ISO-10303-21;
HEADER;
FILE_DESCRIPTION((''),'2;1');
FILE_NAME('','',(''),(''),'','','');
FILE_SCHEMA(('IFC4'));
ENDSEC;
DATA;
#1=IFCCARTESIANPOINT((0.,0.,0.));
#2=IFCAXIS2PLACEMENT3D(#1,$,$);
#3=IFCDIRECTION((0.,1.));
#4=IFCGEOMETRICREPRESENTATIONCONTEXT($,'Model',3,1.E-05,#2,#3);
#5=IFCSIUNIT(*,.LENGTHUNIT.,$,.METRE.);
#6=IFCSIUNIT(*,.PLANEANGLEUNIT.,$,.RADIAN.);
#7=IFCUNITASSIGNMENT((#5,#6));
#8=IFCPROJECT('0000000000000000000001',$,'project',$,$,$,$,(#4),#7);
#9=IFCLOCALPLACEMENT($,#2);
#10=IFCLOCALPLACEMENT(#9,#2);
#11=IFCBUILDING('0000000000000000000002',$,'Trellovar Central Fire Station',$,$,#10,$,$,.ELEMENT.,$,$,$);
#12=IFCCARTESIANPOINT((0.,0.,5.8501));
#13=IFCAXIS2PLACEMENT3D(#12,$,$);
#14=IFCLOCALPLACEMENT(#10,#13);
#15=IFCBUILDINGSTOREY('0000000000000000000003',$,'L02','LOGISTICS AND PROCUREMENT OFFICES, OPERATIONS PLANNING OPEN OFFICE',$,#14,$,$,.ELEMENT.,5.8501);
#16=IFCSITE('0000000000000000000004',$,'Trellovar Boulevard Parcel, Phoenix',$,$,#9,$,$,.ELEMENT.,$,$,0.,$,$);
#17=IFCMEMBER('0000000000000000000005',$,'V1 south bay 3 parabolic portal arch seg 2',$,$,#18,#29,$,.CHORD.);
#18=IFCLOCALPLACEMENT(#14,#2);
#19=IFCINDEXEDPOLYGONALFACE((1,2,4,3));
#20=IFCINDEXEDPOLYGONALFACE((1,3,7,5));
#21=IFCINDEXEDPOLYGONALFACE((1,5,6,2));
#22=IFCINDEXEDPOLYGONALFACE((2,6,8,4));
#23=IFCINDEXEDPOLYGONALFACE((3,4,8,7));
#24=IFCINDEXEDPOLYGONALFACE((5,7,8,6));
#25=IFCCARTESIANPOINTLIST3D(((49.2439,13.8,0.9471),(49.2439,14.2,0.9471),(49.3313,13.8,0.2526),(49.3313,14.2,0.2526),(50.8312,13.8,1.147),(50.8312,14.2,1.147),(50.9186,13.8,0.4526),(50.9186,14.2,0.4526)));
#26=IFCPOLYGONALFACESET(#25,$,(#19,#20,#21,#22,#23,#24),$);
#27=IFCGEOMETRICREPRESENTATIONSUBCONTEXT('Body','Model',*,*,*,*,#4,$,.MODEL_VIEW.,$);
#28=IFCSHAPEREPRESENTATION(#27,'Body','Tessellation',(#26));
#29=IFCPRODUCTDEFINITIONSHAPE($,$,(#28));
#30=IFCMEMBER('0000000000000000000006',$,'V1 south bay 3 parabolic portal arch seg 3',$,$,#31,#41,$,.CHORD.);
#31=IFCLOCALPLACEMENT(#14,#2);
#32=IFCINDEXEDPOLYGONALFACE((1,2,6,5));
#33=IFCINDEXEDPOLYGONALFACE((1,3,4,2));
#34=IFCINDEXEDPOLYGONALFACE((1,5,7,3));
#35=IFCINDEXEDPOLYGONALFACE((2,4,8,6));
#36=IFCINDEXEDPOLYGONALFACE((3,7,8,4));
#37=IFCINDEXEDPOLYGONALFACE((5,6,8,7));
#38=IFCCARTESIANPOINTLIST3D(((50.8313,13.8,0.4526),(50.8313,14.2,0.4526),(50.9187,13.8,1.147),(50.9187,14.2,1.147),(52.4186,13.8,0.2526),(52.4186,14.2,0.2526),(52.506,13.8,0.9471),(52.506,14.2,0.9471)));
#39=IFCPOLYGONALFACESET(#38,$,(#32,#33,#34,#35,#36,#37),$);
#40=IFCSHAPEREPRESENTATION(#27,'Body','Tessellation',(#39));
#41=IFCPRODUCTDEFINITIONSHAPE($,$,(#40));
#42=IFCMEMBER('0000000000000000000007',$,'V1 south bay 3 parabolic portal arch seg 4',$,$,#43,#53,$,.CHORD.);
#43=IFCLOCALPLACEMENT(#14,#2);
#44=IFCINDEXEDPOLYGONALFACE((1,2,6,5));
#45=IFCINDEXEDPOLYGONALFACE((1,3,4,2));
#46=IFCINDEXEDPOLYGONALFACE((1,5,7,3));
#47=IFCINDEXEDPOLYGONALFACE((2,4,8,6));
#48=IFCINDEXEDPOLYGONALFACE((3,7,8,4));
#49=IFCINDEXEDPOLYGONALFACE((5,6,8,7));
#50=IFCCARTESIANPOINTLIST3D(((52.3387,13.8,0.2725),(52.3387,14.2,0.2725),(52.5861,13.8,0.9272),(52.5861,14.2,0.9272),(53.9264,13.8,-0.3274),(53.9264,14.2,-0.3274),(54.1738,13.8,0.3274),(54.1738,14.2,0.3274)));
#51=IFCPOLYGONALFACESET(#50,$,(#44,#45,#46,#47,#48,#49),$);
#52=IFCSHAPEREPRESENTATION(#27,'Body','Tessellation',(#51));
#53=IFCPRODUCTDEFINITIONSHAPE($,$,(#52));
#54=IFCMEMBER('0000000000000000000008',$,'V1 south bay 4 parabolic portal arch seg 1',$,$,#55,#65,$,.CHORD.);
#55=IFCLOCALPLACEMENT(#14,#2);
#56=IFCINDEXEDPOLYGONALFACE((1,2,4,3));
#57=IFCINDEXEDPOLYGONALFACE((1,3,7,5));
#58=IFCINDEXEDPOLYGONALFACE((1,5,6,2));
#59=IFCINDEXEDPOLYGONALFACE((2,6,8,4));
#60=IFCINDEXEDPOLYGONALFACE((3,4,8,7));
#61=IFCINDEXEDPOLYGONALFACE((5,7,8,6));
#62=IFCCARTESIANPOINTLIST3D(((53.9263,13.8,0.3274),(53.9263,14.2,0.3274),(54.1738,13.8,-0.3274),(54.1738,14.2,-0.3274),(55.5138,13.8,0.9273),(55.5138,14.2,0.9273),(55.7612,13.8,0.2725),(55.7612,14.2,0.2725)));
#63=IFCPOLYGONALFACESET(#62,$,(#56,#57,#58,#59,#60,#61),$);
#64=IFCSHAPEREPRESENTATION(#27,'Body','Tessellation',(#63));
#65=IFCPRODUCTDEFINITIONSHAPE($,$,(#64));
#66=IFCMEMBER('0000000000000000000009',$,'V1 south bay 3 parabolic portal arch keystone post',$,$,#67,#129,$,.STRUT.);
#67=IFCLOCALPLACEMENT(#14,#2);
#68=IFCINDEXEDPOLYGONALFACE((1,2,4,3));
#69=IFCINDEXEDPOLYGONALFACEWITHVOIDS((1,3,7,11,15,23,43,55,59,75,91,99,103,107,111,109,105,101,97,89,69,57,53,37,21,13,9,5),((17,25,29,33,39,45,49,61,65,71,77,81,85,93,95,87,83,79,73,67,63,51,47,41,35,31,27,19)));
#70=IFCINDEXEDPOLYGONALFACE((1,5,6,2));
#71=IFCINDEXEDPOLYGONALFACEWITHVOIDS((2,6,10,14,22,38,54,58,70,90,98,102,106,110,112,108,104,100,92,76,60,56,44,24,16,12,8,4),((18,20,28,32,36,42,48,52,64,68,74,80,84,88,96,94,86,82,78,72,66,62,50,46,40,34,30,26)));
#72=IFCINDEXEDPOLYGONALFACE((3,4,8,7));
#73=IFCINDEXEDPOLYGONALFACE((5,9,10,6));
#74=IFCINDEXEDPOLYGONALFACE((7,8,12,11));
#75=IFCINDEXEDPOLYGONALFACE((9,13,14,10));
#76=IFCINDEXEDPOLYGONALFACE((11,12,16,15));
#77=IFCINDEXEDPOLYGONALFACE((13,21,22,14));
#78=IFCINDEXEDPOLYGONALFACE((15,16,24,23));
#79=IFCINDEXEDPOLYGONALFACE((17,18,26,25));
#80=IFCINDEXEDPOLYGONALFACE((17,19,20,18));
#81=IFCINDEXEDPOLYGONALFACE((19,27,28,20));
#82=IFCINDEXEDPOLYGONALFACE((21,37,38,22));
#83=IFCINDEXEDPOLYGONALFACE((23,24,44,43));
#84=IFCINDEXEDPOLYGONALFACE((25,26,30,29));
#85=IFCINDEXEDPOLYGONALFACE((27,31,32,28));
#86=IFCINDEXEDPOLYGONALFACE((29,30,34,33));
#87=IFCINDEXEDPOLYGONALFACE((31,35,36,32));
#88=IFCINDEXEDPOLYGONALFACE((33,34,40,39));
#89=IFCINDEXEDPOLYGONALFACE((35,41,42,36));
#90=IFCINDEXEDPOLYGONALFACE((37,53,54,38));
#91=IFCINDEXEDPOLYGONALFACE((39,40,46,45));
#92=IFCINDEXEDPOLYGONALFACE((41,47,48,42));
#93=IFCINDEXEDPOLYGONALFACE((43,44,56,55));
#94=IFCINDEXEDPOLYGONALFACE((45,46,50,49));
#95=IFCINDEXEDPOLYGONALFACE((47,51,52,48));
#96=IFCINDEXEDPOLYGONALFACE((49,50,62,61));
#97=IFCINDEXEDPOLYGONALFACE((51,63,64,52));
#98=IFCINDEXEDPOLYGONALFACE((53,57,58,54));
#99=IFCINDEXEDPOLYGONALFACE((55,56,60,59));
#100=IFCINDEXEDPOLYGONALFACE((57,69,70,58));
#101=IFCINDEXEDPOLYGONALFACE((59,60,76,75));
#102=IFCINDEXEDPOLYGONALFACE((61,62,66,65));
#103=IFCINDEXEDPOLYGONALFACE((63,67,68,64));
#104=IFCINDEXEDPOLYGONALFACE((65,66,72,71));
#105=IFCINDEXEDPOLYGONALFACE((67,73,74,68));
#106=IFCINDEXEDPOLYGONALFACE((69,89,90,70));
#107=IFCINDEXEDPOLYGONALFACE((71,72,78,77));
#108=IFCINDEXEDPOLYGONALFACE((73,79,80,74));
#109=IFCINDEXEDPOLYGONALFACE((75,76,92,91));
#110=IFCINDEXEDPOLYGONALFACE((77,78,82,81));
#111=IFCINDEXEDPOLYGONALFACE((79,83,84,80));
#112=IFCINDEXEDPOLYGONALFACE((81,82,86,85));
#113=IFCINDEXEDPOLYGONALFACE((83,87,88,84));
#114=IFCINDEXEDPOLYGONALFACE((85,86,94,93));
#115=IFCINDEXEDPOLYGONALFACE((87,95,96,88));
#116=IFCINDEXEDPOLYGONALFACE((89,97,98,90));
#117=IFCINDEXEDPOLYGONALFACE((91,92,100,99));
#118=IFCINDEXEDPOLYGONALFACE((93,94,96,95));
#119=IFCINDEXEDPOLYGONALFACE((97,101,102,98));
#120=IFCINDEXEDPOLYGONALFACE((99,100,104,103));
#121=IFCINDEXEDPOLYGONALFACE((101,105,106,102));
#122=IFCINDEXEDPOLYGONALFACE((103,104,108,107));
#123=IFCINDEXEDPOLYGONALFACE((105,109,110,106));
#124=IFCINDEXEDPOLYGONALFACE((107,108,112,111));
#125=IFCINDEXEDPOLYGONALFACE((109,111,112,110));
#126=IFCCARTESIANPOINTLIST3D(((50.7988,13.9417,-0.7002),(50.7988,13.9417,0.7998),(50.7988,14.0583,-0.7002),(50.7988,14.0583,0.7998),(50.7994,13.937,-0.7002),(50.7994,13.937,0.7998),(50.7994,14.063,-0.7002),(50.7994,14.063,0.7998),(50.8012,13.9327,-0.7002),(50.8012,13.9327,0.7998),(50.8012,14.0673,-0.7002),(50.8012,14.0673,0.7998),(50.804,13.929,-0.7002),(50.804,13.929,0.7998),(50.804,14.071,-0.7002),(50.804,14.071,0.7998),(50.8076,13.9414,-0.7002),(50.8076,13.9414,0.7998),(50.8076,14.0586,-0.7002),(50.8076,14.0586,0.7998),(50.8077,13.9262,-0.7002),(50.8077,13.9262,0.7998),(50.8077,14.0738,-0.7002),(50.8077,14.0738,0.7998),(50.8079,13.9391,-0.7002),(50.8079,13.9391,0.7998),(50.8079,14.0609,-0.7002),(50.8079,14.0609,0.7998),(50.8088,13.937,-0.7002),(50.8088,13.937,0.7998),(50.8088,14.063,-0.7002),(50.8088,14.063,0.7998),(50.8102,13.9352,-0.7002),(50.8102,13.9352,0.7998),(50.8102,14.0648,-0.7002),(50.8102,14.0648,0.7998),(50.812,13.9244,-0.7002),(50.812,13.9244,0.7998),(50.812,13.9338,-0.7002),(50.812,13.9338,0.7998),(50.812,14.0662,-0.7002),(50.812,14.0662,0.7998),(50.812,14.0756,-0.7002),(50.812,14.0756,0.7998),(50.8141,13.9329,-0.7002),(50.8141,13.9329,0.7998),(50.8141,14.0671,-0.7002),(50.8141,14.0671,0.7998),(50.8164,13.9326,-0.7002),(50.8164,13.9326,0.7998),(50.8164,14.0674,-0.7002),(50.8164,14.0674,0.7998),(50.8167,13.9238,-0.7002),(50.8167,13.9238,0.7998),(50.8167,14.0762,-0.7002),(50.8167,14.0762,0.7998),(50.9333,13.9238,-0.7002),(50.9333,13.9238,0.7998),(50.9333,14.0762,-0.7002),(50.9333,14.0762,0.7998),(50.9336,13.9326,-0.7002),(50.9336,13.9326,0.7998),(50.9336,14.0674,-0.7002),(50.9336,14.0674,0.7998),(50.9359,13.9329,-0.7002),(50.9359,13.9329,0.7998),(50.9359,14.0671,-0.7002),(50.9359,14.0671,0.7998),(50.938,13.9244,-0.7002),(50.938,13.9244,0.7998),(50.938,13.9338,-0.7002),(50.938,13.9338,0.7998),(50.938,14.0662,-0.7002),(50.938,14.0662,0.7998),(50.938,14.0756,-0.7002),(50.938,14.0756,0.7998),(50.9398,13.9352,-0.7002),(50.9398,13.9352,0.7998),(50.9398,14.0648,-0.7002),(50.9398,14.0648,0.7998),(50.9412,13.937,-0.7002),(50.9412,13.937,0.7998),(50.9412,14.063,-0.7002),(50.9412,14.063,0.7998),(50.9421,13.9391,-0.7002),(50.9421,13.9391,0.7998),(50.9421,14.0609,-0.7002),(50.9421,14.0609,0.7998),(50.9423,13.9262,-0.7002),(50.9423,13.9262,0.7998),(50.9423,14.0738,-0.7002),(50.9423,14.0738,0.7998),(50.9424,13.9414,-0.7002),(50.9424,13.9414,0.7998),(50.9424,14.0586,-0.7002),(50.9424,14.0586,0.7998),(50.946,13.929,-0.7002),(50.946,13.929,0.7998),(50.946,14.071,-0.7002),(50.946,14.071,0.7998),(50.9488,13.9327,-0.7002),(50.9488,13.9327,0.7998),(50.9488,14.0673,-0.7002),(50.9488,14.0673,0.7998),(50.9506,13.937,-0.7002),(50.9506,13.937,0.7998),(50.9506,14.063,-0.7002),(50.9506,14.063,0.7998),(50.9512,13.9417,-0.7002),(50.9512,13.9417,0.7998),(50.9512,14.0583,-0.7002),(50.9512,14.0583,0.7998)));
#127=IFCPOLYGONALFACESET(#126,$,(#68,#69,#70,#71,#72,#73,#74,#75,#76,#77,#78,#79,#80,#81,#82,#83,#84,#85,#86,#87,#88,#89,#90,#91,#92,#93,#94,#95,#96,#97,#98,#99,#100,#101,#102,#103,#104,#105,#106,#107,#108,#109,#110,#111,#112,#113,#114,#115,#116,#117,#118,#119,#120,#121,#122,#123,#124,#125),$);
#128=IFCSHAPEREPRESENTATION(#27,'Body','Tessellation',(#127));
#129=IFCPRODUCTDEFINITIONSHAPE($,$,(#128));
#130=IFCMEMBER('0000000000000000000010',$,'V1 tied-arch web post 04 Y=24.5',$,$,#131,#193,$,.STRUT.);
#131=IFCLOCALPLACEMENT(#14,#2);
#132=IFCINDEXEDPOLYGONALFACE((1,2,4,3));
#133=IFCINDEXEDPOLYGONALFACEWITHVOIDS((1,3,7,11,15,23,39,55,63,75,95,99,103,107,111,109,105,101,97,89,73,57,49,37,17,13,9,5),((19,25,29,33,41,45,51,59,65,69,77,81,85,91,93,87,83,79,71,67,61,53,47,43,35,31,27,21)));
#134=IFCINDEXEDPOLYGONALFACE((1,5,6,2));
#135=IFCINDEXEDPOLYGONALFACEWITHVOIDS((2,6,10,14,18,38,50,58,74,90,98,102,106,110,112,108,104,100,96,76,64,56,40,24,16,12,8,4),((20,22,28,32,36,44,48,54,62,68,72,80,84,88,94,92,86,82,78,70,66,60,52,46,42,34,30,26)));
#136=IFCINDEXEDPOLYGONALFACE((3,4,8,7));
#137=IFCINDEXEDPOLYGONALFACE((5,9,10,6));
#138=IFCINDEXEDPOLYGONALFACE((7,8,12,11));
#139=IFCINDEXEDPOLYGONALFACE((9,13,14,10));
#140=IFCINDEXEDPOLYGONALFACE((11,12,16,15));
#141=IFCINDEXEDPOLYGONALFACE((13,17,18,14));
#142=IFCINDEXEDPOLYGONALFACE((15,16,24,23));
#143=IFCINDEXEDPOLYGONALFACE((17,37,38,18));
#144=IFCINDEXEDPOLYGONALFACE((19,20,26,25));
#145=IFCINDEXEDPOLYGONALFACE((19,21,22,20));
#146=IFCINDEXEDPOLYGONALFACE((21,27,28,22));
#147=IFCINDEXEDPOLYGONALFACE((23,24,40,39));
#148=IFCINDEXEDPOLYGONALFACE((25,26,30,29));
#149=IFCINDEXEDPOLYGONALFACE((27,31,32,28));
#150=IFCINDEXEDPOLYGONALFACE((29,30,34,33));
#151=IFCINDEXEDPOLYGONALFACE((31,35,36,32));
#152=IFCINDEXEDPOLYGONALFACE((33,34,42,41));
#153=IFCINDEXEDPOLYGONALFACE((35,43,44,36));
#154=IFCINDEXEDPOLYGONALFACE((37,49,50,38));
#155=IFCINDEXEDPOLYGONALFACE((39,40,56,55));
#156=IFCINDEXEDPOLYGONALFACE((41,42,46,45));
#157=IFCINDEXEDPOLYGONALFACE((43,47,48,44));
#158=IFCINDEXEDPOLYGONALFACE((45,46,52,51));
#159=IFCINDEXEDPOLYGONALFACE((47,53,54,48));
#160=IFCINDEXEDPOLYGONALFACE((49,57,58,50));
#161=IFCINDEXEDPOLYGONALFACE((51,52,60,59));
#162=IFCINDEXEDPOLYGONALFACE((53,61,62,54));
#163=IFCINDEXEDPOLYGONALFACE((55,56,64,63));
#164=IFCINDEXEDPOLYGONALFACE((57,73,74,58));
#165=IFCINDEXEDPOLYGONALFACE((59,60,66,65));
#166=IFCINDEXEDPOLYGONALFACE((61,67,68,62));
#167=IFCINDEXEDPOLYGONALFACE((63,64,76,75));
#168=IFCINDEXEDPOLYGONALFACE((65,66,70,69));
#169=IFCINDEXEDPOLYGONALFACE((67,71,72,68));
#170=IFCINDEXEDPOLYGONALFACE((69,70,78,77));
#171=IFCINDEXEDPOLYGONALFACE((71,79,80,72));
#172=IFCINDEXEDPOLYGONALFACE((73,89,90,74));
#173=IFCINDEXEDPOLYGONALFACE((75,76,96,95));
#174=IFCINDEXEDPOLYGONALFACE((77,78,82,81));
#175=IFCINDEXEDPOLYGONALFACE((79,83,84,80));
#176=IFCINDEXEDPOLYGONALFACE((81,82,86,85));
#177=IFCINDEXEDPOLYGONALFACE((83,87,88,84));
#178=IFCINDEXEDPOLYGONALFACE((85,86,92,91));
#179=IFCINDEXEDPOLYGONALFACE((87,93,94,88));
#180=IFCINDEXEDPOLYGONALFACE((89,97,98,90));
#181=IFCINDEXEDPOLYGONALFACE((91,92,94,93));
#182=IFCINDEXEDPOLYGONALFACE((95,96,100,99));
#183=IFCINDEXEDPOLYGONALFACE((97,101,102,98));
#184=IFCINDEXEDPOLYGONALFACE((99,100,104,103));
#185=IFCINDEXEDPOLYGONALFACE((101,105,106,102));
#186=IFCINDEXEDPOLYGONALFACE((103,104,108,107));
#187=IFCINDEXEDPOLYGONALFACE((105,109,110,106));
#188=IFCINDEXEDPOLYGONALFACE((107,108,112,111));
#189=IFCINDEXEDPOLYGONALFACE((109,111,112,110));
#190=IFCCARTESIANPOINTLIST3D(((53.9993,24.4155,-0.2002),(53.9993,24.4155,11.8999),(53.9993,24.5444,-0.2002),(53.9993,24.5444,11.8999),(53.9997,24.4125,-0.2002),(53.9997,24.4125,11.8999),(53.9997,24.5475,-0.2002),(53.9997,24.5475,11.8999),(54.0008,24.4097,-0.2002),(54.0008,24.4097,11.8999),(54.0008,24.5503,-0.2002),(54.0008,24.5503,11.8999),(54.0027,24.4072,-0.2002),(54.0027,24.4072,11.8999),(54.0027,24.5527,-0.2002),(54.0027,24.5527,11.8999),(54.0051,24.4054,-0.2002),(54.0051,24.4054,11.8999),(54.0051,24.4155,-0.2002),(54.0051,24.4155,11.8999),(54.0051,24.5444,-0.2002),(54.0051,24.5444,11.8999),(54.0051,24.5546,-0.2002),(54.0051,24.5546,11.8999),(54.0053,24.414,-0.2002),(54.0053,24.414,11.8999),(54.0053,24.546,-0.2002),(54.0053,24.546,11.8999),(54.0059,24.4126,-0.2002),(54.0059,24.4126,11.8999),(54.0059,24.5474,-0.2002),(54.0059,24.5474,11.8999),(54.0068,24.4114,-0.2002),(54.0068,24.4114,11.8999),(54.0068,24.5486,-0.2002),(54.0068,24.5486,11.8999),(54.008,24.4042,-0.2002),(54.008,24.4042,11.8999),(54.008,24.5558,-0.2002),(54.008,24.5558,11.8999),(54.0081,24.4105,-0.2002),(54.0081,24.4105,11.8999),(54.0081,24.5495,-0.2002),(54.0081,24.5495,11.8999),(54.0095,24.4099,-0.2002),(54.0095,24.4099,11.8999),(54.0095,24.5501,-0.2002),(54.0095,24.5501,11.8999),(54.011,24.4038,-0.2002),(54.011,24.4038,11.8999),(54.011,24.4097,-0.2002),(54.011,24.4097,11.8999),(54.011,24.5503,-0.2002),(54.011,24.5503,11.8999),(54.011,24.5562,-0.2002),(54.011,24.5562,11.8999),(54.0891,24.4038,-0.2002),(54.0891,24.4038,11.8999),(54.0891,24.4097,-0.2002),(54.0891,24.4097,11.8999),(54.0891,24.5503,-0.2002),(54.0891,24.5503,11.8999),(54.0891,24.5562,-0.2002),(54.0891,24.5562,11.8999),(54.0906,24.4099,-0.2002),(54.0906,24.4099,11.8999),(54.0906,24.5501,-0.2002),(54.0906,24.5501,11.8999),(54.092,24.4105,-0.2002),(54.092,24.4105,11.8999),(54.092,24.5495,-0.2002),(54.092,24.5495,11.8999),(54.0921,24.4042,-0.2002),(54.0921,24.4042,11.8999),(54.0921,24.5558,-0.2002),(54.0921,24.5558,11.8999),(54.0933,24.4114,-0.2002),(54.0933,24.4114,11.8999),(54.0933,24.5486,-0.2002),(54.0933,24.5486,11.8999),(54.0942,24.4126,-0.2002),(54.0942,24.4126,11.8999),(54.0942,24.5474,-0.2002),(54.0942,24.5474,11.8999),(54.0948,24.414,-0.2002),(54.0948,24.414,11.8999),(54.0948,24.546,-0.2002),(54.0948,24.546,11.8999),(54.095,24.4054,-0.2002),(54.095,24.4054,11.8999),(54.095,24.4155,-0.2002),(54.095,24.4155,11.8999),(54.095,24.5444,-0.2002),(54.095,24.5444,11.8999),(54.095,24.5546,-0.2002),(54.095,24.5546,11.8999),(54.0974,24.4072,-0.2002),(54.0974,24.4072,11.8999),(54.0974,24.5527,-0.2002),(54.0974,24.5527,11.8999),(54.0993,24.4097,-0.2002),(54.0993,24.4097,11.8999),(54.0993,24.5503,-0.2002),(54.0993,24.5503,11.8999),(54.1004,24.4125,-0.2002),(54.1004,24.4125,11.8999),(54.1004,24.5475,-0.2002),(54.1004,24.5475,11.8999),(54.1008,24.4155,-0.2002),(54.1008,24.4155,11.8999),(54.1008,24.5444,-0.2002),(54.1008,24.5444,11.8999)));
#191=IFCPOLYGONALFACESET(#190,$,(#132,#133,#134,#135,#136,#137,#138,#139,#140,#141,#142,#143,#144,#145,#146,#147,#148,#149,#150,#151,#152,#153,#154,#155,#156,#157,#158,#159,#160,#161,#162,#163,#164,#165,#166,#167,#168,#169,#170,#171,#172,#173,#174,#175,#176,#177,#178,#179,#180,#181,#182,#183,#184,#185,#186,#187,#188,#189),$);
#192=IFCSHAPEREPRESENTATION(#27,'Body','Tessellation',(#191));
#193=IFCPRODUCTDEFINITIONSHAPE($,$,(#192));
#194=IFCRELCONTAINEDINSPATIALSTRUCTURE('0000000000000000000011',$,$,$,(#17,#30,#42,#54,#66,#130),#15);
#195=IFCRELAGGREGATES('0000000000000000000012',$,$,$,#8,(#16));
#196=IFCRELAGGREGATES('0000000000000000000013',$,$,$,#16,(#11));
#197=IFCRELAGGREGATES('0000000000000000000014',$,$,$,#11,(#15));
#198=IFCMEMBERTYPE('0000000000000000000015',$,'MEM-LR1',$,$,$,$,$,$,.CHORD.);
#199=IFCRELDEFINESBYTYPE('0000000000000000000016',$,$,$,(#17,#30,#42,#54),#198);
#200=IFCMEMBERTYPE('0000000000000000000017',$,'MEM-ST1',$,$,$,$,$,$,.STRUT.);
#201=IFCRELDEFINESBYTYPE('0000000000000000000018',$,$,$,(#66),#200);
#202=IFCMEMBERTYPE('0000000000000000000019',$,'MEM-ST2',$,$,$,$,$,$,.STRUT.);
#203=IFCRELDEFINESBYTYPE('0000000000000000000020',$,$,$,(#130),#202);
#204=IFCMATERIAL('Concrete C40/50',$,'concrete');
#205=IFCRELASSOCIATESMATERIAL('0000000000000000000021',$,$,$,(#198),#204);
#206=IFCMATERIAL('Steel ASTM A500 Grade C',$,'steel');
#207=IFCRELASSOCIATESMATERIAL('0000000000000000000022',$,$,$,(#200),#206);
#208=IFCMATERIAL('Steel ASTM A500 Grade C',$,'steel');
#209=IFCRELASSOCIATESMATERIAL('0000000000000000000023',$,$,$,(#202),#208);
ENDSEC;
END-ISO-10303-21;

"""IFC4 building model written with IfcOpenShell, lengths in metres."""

from ifc_helpers import new_model, si_unit, direction, frame, origin, origin_2d, place, context, subcontext, project, spatial, rectangle, hollow_rectangle, extrude, material, material_profile, profile_set, type_object, element, save


model = new_model("IFC4")

# Units and contexts
model_context = context("Model", 3, precision=1e-05, world=origin(), true_north=direction((0.0, 1.0)))
body_context = subcontext(model_context, "Body", "Model", "MODEL_VIEW")
ifc_project = project(units=[si_unit("LENGTHUNIT", "METRE"), si_unit("PLANEANGLEUNIT", "RADIAN")], contexts=[model_context])

# Site, building, storey
site_placement = place(None, origin())
site = spatial("IfcSite", under=ifc_project, at=site_placement, Name="Trellovar Boulevard Parcel, Phoenix", CompositionType="ELEMENT", RefElevation=0.0)
building_placement = place(site_placement, origin())
building = spatial("IfcBuilding", under=site, at=building_placement, Name="Trellovar Central Fire Station", CompositionType="ELEMENT")
storey_placement = place(building_placement, frame((0.0, 0.0, 5.8501)))
storey = spatial("IfcBuildingStorey", under=building, at=storey_placement, Name="L02", Description="LOGISTICS AND PROCUREMENT OFFICES, OPERATIONS PLANNING OPEN OFFICE", CompositionType="ELEMENT", Elevation=5.8501)

# Members
ifc_material_1 = material(Name="Concrete C40/50", Category="concrete")
ifc_material_profile_1 = material_profile(ifc_material_1, rectangle(XDim=0.3999, YDim=0.7, at=origin_2d()), Name="RC400X700")
ifc_profile_set_1 = profile_set([ifc_material_profile_1], Name="Concrete C40/50")
member_type_1 = type_object("IfcMemberType", Name="MEM-LR1", PredefinedType="CHORD", material=ifc_profile_set_1)
for number, where, z_axis, x_axis, name in (
    (1, (49.2876, 14.0, 0.5999), (0.99216, 0.0, 0.124974), (0.0, 1.0, 0.0), "V1 south bay 3 parabolic portal arch seg 2"),
    (2, (50.875, 14.0, 0.7998), (0.99216, 0.0, -0.124974), (0.0, 1.0, 0.0), "V1 south bay 3 parabolic portal arch seg 3"),
):
    element("IfcMember", number, at=place(storey_placement, frame(where, z_axis=z_axis, x_axis=x_axis)), inside=storey, type_object=member_type_1, Name=name, PredefinedType="CHORD", context=body_context, shape_type="SweptSolid", body=[
        extrude(rectangle(XDim=0.3999, YDim=0.7, at=origin_2d()), origin(), (0.0, 0.0, 1.0), 1.5999),
    ])
member_1_placement = place(storey_placement, frame((52.4624, 14.0, 0.5999), z_axis=(0.935457, 0.0, -0.35344), x_axis=(0.0, 1.0, 0.0)))
element("IfcMember", 3, at=member_1_placement, inside=storey, type_object=member_type_1, Name="V1 south bay 3 parabolic portal arch seg 4", PredefinedType="CHORD", context=body_context, shape_type="SweptSolid", body=[
    extrude(rectangle(XDim=0.3999, YDim=0.7, at=origin_2d()), origin(), (0.0, 0.0, 1.0), 1.6973),
])
member_2_placement = place(storey_placement, frame((54.05, 14.0, 0.0), z_axis=(0.935439, 0.0, 0.353487), x_axis=(0.0, 1.0, 0.0)))
element("IfcMember", 4, at=member_2_placement, inside=storey, type_object=member_type_1, Name="V1 south bay 4 parabolic portal arch seg 1", PredefinedType="CHORD", context=body_context, shape_type="SweptSolid", body=[
    extrude(rectangle(XDim=0.3999, YDim=0.7, at=origin_2d()), origin(), (0.0, 0.0, 1.0), 1.697),
])
ifc_material_2 = material(Name="Steel ASTM A500 Grade C", Category="steel")
ifc_material_profile_2 = material_profile(ifc_material_2, hollow_rectangle(XDim=0.1523, YDim=0.1523, WallThickness=0.0088, InnerFilletRadius=0.0088, OuterFilletRadius=0.0178, at=origin_2d()), Name="HSS6X6X3/8")
ifc_profile_set_2 = profile_set([ifc_material_profile_2], Name="Steel ASTM A500 Grade C")
member_type_2 = type_object("IfcMemberType", Name="MEM-ST1", PredefinedType="STRUT", material=ifc_profile_set_2)
member_3_placement = place(storey_placement, frame((50.875, 14.0, -0.7002), z_axis=(0.0, 0.0, 1.0), x_axis=(1.0, 0.0, 0.0)))
element("IfcMember", 5, at=member_3_placement, inside=storey, type_object=member_type_2, Name="V1 south bay 3 parabolic portal arch keystone post", PredefinedType="STRUT", context=body_context, shape_type="SweptSolid", body=[
    extrude(hollow_rectangle(XDim=0.1523, YDim=0.1523, WallThickness=0.0088, InnerFilletRadius=0.0088, OuterFilletRadius=0.0178, at=origin_2d()), origin(), (0.0, 0.0, 1.0), 1.5),
])
ifc_material_3 = material(Name="Steel ASTM A500 Grade C", Category="steel")
ifc_material_profile_3 = material_profile(ifc_material_3, hollow_rectangle(XDim=0.1016, YDim=0.1523, WallThickness=0.0059, InnerFilletRadius=0.0059, OuterFilletRadius=0.0117, at=origin_2d()), Name="HSS6X4X1/4")
ifc_profile_set_3 = profile_set([ifc_material_profile_3], Name="Steel ASTM A500 Grade C")
member_type_3 = type_object("IfcMemberType", Name="MEM-ST2", PredefinedType="STRUT", material=ifc_profile_set_3)
member_4_placement = place(storey_placement, frame((54.05, 24.48, -0.2002), z_axis=(0.0, 0.0, 1.0), x_axis=(1.0, 0.0, 0.0)))
element("IfcMember", 6, at=member_4_placement, inside=storey, type_object=member_type_3, Name="V1 tied-arch web post 04 Y=24.5", PredefinedType="STRUT", context=body_context, shape_type="SweptSolid", body=[
    extrude(hollow_rectangle(XDim=0.1016, YDim=0.1523, WallThickness=0.0059, InnerFilletRadius=0.0059, OuterFilletRadius=0.0117, at=origin_2d()), origin(), (0.0, 0.0, 1.0), 12.1001),
])

save(model, "model.ifc")
